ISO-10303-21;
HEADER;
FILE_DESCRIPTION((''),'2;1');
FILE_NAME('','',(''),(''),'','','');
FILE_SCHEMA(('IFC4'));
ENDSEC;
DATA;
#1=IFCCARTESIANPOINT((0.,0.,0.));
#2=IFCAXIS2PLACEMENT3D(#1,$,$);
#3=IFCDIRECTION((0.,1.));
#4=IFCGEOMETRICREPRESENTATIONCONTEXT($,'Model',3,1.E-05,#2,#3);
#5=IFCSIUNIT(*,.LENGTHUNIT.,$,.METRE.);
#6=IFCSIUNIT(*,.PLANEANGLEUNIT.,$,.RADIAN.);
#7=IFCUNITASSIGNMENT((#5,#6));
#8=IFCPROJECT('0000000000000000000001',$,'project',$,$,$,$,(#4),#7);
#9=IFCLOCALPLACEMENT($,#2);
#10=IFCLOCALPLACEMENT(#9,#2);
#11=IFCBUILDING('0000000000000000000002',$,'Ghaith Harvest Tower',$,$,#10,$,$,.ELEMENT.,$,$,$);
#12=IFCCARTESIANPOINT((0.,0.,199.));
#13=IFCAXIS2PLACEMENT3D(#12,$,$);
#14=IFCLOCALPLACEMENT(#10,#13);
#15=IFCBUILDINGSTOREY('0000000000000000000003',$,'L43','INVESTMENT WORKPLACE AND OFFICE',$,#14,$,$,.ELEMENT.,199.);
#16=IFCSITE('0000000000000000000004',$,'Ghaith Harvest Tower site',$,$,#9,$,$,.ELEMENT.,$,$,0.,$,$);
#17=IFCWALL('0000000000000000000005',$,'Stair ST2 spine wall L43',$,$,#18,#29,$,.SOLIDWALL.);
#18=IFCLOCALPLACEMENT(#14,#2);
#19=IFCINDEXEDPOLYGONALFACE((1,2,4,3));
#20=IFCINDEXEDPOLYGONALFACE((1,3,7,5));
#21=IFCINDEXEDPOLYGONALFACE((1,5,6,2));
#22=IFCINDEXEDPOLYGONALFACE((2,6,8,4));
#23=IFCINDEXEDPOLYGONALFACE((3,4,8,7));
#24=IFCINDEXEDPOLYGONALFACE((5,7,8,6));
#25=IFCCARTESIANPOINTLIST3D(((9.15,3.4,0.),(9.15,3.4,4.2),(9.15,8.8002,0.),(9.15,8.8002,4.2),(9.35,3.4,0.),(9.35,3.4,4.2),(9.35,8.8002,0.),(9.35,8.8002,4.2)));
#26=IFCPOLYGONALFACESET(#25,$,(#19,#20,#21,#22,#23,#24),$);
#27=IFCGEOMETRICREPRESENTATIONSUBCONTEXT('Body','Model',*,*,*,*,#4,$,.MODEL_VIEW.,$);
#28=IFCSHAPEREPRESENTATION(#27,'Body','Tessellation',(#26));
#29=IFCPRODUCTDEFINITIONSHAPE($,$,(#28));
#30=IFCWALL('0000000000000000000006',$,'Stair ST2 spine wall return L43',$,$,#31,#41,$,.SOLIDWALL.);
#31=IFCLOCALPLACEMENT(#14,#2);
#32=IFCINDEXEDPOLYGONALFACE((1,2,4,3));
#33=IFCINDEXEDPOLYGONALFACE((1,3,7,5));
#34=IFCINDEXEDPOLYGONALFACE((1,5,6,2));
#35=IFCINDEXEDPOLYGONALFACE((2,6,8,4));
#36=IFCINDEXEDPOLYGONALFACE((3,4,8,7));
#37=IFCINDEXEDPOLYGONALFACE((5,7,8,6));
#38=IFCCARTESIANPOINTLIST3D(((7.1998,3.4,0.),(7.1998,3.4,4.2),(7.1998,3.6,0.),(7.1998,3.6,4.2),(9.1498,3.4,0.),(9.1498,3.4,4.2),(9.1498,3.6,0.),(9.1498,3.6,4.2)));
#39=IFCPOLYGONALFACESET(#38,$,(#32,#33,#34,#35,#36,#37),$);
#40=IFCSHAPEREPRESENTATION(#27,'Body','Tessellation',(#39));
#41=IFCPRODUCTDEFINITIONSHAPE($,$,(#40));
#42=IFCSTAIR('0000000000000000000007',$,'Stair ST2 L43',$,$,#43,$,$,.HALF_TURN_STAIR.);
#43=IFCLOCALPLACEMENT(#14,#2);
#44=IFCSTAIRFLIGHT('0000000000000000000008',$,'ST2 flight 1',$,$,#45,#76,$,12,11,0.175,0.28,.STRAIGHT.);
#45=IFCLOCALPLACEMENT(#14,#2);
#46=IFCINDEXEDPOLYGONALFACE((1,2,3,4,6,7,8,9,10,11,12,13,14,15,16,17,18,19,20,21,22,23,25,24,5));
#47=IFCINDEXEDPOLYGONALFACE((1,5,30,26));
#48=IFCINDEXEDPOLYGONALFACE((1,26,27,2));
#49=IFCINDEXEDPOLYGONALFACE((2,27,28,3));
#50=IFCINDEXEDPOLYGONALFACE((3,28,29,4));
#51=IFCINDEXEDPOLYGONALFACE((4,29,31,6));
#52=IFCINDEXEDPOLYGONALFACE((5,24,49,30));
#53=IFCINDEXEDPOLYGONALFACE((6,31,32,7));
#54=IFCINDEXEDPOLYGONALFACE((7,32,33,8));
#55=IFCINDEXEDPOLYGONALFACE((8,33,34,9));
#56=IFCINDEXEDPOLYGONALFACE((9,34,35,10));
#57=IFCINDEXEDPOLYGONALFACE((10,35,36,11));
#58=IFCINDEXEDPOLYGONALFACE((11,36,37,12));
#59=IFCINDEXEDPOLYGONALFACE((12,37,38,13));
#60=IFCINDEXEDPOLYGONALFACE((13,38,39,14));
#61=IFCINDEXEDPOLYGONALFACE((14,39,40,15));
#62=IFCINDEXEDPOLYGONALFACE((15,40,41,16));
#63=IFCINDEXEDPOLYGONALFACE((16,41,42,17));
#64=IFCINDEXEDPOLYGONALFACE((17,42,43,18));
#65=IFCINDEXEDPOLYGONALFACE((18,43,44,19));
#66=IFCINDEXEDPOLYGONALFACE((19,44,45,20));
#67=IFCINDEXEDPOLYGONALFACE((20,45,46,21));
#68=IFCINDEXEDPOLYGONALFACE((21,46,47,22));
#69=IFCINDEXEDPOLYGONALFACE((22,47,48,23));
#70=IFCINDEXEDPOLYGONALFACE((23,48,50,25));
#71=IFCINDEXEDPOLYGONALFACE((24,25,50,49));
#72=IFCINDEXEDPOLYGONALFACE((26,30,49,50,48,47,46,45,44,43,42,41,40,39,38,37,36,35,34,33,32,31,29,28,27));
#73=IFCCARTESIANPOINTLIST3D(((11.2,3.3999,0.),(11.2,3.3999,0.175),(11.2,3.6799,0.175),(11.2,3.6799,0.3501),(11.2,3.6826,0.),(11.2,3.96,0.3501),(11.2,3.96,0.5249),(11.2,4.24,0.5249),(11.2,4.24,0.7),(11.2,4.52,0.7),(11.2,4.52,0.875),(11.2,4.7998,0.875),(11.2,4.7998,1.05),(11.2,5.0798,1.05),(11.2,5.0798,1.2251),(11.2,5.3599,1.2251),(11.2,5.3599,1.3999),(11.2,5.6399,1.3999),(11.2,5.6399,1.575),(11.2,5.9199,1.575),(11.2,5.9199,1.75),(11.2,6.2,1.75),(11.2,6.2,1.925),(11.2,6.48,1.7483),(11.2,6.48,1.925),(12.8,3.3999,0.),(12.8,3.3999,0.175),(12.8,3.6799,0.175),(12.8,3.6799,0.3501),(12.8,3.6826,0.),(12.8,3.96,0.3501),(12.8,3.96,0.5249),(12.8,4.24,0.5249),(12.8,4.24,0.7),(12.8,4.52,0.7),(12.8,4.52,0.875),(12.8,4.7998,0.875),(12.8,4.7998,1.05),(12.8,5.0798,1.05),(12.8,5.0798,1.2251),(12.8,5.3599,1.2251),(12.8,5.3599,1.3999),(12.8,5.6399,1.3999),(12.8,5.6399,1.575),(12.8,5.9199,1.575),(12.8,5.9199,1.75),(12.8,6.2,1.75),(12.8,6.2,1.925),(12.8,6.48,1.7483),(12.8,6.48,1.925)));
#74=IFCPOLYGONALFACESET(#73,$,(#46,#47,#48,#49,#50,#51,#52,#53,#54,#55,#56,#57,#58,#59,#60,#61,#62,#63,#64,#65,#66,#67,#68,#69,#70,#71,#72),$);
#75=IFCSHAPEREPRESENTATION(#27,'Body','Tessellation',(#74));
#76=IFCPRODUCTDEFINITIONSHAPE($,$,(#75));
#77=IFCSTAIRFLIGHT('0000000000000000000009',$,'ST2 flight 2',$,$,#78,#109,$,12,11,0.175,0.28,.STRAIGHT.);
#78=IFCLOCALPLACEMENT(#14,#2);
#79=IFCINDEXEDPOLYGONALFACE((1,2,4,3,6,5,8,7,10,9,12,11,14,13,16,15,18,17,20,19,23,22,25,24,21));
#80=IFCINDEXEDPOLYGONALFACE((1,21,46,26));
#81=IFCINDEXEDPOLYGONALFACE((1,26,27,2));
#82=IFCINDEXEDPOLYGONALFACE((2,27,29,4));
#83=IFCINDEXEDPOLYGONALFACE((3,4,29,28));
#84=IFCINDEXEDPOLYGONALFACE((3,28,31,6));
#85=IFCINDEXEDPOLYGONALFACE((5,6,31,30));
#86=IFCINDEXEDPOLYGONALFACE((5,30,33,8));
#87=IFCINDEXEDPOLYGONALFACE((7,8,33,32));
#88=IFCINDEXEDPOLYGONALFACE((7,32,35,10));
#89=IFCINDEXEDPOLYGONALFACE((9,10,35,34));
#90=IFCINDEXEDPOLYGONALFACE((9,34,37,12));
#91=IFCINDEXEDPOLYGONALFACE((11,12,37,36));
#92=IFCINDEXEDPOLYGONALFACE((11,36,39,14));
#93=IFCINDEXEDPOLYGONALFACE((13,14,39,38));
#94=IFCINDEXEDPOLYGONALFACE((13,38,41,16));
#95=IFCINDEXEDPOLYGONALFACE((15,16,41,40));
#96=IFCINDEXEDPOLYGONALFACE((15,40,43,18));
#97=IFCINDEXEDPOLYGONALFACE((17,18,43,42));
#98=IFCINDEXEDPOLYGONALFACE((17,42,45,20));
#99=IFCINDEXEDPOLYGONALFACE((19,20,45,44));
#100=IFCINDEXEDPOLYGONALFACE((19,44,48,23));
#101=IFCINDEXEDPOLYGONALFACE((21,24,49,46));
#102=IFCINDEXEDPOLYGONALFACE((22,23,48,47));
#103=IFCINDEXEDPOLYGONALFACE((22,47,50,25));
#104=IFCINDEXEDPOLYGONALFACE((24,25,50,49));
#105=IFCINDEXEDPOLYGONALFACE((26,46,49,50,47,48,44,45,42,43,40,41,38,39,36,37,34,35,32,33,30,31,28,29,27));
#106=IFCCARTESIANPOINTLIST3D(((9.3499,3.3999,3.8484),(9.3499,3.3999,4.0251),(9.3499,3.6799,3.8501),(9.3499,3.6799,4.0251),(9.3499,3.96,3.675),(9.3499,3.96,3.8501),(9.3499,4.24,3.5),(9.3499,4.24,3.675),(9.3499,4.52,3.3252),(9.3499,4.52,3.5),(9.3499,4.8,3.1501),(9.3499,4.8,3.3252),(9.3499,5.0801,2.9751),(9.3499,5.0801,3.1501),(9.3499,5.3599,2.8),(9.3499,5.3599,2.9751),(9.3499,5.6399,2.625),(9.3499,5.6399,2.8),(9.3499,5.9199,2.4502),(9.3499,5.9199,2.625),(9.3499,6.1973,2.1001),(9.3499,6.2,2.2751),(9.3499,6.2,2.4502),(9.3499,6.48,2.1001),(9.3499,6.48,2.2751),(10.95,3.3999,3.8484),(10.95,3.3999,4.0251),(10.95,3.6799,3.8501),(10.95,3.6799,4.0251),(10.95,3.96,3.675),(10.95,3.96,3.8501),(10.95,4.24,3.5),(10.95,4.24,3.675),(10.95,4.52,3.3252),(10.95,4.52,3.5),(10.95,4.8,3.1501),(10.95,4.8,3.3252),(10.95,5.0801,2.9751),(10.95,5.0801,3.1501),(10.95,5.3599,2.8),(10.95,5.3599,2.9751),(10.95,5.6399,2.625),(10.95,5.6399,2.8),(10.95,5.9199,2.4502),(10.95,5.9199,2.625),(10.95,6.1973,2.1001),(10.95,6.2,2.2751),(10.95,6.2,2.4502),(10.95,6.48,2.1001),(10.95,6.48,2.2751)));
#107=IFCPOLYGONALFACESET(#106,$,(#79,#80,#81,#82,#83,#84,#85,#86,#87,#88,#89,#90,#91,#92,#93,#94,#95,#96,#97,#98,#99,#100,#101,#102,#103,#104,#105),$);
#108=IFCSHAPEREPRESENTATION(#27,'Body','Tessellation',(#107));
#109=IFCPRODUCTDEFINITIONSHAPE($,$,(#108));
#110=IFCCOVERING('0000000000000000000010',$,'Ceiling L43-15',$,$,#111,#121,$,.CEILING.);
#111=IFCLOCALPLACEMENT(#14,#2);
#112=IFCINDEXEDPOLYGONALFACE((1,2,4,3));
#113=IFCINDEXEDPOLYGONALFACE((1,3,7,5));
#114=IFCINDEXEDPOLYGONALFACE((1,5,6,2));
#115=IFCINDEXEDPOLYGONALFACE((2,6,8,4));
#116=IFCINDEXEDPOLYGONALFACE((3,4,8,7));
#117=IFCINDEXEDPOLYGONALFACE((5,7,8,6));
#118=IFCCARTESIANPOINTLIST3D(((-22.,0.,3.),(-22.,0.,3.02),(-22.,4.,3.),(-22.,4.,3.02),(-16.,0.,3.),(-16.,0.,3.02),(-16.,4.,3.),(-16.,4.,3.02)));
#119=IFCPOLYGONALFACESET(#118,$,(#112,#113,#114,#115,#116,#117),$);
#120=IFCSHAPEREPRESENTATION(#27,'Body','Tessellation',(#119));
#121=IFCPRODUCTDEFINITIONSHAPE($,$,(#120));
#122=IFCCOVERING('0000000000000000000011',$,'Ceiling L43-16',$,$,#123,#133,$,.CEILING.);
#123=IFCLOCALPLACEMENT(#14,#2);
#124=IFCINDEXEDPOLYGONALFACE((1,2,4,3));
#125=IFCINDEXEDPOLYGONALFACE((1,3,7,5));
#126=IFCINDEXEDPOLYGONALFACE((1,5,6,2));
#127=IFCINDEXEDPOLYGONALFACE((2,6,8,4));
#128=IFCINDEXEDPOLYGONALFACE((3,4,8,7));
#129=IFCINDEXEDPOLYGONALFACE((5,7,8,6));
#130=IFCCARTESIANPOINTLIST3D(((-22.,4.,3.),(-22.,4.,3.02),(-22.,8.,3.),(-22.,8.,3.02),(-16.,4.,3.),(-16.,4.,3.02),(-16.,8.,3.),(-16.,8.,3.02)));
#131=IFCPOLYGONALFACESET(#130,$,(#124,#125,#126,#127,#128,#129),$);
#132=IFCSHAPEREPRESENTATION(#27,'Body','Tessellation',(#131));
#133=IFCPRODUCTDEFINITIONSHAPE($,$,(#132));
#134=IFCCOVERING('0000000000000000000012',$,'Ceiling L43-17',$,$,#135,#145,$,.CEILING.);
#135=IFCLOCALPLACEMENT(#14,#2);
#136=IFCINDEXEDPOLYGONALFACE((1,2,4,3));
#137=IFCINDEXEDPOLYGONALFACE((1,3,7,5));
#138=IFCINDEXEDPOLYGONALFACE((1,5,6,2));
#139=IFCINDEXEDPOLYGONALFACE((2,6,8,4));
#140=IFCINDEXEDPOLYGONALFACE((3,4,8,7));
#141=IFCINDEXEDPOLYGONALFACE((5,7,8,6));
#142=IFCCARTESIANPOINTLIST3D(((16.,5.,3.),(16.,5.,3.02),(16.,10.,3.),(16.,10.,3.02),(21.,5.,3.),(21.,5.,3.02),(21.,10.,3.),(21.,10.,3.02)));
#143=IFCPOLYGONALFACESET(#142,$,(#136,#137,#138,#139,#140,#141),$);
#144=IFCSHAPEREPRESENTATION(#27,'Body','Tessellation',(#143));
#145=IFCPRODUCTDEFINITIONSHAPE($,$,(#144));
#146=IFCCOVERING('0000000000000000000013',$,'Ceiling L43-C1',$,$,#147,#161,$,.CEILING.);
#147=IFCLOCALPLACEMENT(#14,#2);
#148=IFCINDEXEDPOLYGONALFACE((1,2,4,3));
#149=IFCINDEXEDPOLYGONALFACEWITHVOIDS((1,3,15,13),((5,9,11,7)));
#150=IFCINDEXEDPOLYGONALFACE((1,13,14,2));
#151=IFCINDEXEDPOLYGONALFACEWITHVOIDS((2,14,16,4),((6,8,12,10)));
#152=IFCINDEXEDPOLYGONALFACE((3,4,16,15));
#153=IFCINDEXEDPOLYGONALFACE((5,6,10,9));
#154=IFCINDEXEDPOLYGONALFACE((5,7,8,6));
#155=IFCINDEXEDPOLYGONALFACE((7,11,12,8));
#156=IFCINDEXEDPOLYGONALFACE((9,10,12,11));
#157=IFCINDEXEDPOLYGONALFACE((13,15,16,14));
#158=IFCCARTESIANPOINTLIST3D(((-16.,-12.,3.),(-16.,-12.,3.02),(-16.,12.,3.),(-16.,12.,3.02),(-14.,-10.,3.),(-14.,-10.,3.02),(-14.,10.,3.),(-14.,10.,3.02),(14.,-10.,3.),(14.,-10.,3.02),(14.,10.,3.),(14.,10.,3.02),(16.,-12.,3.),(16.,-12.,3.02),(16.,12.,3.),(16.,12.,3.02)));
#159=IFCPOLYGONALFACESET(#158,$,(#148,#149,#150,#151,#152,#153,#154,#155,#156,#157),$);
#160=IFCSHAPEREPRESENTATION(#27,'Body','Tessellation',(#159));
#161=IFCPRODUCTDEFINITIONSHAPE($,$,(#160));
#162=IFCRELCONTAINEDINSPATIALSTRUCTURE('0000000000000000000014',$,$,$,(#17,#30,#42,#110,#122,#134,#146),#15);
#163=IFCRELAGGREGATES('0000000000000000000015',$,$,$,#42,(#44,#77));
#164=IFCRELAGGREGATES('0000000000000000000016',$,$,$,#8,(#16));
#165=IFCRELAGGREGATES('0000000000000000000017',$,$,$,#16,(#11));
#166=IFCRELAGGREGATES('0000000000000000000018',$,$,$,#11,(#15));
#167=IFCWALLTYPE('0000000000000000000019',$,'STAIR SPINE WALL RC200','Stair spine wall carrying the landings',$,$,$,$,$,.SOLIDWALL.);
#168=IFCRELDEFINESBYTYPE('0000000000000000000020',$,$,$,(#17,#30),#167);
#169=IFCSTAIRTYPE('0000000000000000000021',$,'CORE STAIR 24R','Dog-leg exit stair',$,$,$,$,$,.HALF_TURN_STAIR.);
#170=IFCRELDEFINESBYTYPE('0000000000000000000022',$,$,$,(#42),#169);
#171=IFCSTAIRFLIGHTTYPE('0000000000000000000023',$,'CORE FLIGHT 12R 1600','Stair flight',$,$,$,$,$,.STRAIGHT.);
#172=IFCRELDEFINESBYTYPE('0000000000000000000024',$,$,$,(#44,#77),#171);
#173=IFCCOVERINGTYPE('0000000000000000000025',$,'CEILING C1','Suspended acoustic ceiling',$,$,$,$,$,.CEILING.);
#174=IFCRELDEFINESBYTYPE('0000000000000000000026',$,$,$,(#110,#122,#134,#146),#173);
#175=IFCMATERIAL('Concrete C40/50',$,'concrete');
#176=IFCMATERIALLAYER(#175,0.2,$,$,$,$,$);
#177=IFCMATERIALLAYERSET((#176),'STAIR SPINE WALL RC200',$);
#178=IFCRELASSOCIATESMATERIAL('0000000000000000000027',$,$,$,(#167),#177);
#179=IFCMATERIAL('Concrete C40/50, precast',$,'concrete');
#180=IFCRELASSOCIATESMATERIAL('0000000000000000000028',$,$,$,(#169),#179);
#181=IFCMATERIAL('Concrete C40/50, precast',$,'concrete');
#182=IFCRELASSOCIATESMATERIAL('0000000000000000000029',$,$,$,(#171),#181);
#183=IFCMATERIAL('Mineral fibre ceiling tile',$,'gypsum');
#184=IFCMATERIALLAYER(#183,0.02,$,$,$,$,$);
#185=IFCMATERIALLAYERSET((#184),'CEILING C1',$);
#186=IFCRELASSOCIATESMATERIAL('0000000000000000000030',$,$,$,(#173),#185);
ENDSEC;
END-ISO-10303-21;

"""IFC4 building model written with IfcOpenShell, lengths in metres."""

from ifc_helpers import new_model, si_unit, direction, frame, frame_2d, origin, place, context, subcontext, project, spatial, polyline, rectangle, outline, extrude, material, layer, layer_set, type_object, element, aggregate, save


model = new_model("IFC4")

# Units and contexts
model_context = context("Model", 3, precision=1e-05, world=origin(), true_north=direction((0.0, 1.0)))
body_context = subcontext(model_context, "Body", "Model", "MODEL_VIEW")
ifc_project = project(units=[si_unit("LENGTHUNIT", "METRE"), si_unit("PLANEANGLEUNIT", "RADIAN")], contexts=[model_context])

# Site, building, storey
site_placement = place(None, origin())
site = spatial("IfcSite", under=ifc_project, at=site_placement, Name="Ghaith Harvest Tower site", CompositionType="ELEMENT", RefElevation=0.0)
building_placement = place(site_placement, origin())
building = spatial("IfcBuilding", under=site, at=building_placement, Name="Ghaith Harvest Tower", CompositionType="ELEMENT")
storey_placement = place(building_placement, frame((0.0, 0.0, 199.0)))
storey = spatial("IfcBuildingStorey", under=building, at=storey_placement, Name="L43", Description="INVESTMENT WORKPLACE AND OFFICE", CompositionType="ELEMENT", Elevation=199.0)

# Walls
ifc_material_1 = material(Name="Concrete C40/50", Category="concrete")
ifc_layer_1 = layer(ifc_material_1, 0.2)
ifc_layer_set_1 = layer_set([ifc_layer_1], Name="STAIR SPINE WALL RC200")
wall_type_1 = type_object("IfcWallType", Name="STAIR SPINE WALL RC200", Description="Stair spine wall carrying the landings", PredefinedType="SOLIDWALL", material=ifc_layer_set_1)
wall_1_placement = place(storey_placement, frame((9.25, 3.3999, 0.0), z_axis=(0.0, 0.0, 1.0), x_axis=(0.0, 1.0, 0.0)))
element("IfcWall", 1, at=wall_1_placement, inside=storey, type_object=wall_type_1, Name="Stair ST2 spine wall L43", PredefinedType="SOLIDWALL", context=body_context, shape_type="SweptSolid", body=[
    extrude(rectangle(XDim=5.4001, YDim=0.2, at=frame_2d((2.7002, 0.0))), origin(), (0.0, 0.0, 1.0), 4.2),
])
wall_2_placement = place(storey_placement, frame((9.1499, 3.5, 0.0), z_axis=(0.0, 0.0, 1.0), x_axis=(-1.0, 0.0, 0.0)))
element("IfcWall", 2, at=wall_2_placement, inside=storey, type_object=wall_type_1, Name="Stair ST2 spine wall return L43", PredefinedType="SOLIDWALL", context=body_context, shape_type="SweptSolid", body=[
    extrude(rectangle(XDim=1.95, YDim=0.2, at=frame_2d((0.9751, 0.0))), origin(), (0.0, 0.0, 1.0), 4.2),
])

# Stair, stair flights
ifc_material_2 = material(Name="Concrete C40/50, precast", Category="concrete")
stair_type = type_object("IfcStairType", Name="CORE STAIR 24R", Description="Dog-leg exit stair", PredefinedType="HALF_TURN_STAIR", material=ifc_material_2)
stair_placement = place(storey_placement, origin())
stair = element("IfcStair", 3, at=stair_placement, inside=storey, type_object=stair_type, Name="Stair ST2 L43", PredefinedType="HALF_TURN_STAIR")
ifc_material_3 = material(Name="Concrete C40/50, precast", Category="concrete")
stair_flight_type = type_object("IfcStairFlightType", Name="CORE FLIGHT 12R 1600", Description="Stair flight", PredefinedType="STRAIGHT", material=ifc_material_3)
stair_flight_1_placement = place(storey_placement, frame((12.0, 3.3999, 0.0), z_axis=(0.0, 0.0, 1.0), x_axis=(0.0, 1.0, 0.0)))
stair_flight_1 = element("IfcStairFlight", 4, at=stair_flight_1_placement, type_object=stair_flight_type, Name="ST2 flight 1", NumberOfRisers=12, NumberOfTreads=11, PredefinedType="STRAIGHT", RiserHeight=0.175, TreadLength=0.28, context=body_context, shape_type="SweptSolid", body=[
    extrude(outline(polyline([(0.0, 0.0), (0.0, 0.175), (0.28, 0.175), (0.28, 0.3501), (0.5601, 0.3501), (0.5601, 0.5249), (0.8401, 0.5249), (0.8401, 0.7), (1.1201, 0.7), (1.1201, 0.875), (1.3999, 0.875), (1.3999, 1.05), (1.6799, 1.05), (1.6799, 1.2251), (1.96, 1.2251), (1.96, 1.3999), (2.24, 1.3999), (2.24, 1.575), (2.52, 1.575), (2.52, 1.75), (2.8, 1.75), (2.8, 1.925), (3.0801, 1.925), (3.0801, 2.1001), (3.0801, 1.7483), (0.2827, 0.0), (0.0, 0.0)])), frame((0.0, 0.8, 0.0), z_axis=(0.0, -1.0, 0.0), x_axis=(1.0, 0.0, 0.0)), (0.0, 0.0, 1.0), 1.6001),
])
stair_flight_2_placement = place(storey_placement, frame((10.1499, 6.48, 2.1001), z_axis=(0.0, 0.0, 1.0), x_axis=(0.0, -1.0, 0.0)))
stair_flight_2 = element("IfcStairFlight", 5, at=stair_flight_2_placement, type_object=stair_flight_type, Name="ST2 flight 2", NumberOfRisers=12, NumberOfTreads=11, PredefinedType="STRAIGHT", RiserHeight=0.175, TreadLength=0.28, context=body_context, shape_type="SweptSolid", body=[
    extrude(outline(polyline([(0.0, 0.0), (0.0, 0.175), (0.28, 0.175), (0.28, 0.3501), (0.5601, 0.3501), (0.5601, 0.5249), (0.8401, 0.5249), (0.8401, 0.7), (1.1201, 0.7), (1.1201, 0.875), (1.3999, 0.875), (1.3999, 1.05), (1.6799, 1.05), (1.6799, 1.2251), (1.96, 1.2251), (1.96, 1.3999), (2.24, 1.3999), (2.24, 1.575), (2.52, 1.575), (2.52, 1.75), (2.8, 1.75), (2.8, 1.925), (3.0801, 1.925), (3.0801, 2.1001), (3.0801, 1.7483), (0.2827, 0.0), (0.0, 0.0)])), frame((0.0, 0.8, 0.0), z_axis=(0.0, -1.0, 0.0), x_axis=(1.0, 0.0, 0.0)), (0.0, 0.0, 1.0), 1.6001),
])
aggregate(stair, [stair_flight_1, stair_flight_2])

# Coverings
ifc_material_4 = material(Name="Mineral fibre ceiling tile", Category="gypsum")
ifc_layer_2 = layer(ifc_material_4, 0.02)
ifc_layer_set_2 = layer_set([ifc_layer_2], Name="CEILING C1")
covering_type = type_object("IfcCoveringType", Name="CEILING C1", Description="Suspended acoustic ceiling", PredefinedType="CEILING", material=ifc_layer_set_2)
covering_1_placement = place(storey_placement, frame((0.0, 0.0, 3.0)))
element("IfcCovering", 6, at=covering_1_placement, inside=storey, type_object=covering_type, Name="Ceiling L43-15", PredefinedType="CEILING", context=body_context, shape_type="SweptSolid", body=[
    extrude(outline(polyline([(-22.0, 0.0), (-16.0, 0.0), (-16.0, 4.0), (-22.0, 4.0), (-22.0, 0.0)])), origin(), (0.0, 0.0, 1.0), 0.02),
])
covering_2_placement = place(storey_placement, frame((0.0, 0.0, 3.0)))
element("IfcCovering", 7, at=covering_2_placement, inside=storey, type_object=covering_type, Name="Ceiling L43-16", PredefinedType="CEILING", context=body_context, shape_type="SweptSolid", body=[
    extrude(outline(polyline([(-22.0, 4.0), (-16.0, 4.0), (-16.0, 8.0), (-22.0, 8.0), (-22.0, 4.0)])), origin(), (0.0, 0.0, 1.0), 0.02),
])
covering_3_placement = place(storey_placement, frame((0.0, 0.0, 3.0)))
element("IfcCovering", 8, at=covering_3_placement, inside=storey, type_object=covering_type, Name="Ceiling L43-17", PredefinedType="CEILING", context=body_context, shape_type="SweptSolid", body=[
    extrude(outline(polyline([(16.0, 5.0), (21.0, 5.0), (21.0, 10.0), (16.0, 10.0), (16.0, 5.0)])), origin(), (0.0, 0.0, 1.0), 0.02),
])
covering_4_placement = place(storey_placement, frame((0.0, 0.0, 3.0)))
element("IfcCovering", 9, at=covering_4_placement, inside=storey, type_object=covering_type, Name="Ceiling L43-C1", PredefinedType="CEILING", context=body_context, shape_type="SweptSolid", body=[
    extrude(outline(polyline([(-16.0, 12.0), (16.0, 12.0), (16.0, -12.0), (-16.0, -12.0), (-16.0, 12.0)]), holes=[polyline([(-14.0, 10.0), (-14.0, -10.0), (14.0, -10.0), (14.0, 10.0), (-14.0, 10.0)])]), origin(), (0.0, 0.0, 1.0), 0.02),
])

save(model, "model.ifc")
